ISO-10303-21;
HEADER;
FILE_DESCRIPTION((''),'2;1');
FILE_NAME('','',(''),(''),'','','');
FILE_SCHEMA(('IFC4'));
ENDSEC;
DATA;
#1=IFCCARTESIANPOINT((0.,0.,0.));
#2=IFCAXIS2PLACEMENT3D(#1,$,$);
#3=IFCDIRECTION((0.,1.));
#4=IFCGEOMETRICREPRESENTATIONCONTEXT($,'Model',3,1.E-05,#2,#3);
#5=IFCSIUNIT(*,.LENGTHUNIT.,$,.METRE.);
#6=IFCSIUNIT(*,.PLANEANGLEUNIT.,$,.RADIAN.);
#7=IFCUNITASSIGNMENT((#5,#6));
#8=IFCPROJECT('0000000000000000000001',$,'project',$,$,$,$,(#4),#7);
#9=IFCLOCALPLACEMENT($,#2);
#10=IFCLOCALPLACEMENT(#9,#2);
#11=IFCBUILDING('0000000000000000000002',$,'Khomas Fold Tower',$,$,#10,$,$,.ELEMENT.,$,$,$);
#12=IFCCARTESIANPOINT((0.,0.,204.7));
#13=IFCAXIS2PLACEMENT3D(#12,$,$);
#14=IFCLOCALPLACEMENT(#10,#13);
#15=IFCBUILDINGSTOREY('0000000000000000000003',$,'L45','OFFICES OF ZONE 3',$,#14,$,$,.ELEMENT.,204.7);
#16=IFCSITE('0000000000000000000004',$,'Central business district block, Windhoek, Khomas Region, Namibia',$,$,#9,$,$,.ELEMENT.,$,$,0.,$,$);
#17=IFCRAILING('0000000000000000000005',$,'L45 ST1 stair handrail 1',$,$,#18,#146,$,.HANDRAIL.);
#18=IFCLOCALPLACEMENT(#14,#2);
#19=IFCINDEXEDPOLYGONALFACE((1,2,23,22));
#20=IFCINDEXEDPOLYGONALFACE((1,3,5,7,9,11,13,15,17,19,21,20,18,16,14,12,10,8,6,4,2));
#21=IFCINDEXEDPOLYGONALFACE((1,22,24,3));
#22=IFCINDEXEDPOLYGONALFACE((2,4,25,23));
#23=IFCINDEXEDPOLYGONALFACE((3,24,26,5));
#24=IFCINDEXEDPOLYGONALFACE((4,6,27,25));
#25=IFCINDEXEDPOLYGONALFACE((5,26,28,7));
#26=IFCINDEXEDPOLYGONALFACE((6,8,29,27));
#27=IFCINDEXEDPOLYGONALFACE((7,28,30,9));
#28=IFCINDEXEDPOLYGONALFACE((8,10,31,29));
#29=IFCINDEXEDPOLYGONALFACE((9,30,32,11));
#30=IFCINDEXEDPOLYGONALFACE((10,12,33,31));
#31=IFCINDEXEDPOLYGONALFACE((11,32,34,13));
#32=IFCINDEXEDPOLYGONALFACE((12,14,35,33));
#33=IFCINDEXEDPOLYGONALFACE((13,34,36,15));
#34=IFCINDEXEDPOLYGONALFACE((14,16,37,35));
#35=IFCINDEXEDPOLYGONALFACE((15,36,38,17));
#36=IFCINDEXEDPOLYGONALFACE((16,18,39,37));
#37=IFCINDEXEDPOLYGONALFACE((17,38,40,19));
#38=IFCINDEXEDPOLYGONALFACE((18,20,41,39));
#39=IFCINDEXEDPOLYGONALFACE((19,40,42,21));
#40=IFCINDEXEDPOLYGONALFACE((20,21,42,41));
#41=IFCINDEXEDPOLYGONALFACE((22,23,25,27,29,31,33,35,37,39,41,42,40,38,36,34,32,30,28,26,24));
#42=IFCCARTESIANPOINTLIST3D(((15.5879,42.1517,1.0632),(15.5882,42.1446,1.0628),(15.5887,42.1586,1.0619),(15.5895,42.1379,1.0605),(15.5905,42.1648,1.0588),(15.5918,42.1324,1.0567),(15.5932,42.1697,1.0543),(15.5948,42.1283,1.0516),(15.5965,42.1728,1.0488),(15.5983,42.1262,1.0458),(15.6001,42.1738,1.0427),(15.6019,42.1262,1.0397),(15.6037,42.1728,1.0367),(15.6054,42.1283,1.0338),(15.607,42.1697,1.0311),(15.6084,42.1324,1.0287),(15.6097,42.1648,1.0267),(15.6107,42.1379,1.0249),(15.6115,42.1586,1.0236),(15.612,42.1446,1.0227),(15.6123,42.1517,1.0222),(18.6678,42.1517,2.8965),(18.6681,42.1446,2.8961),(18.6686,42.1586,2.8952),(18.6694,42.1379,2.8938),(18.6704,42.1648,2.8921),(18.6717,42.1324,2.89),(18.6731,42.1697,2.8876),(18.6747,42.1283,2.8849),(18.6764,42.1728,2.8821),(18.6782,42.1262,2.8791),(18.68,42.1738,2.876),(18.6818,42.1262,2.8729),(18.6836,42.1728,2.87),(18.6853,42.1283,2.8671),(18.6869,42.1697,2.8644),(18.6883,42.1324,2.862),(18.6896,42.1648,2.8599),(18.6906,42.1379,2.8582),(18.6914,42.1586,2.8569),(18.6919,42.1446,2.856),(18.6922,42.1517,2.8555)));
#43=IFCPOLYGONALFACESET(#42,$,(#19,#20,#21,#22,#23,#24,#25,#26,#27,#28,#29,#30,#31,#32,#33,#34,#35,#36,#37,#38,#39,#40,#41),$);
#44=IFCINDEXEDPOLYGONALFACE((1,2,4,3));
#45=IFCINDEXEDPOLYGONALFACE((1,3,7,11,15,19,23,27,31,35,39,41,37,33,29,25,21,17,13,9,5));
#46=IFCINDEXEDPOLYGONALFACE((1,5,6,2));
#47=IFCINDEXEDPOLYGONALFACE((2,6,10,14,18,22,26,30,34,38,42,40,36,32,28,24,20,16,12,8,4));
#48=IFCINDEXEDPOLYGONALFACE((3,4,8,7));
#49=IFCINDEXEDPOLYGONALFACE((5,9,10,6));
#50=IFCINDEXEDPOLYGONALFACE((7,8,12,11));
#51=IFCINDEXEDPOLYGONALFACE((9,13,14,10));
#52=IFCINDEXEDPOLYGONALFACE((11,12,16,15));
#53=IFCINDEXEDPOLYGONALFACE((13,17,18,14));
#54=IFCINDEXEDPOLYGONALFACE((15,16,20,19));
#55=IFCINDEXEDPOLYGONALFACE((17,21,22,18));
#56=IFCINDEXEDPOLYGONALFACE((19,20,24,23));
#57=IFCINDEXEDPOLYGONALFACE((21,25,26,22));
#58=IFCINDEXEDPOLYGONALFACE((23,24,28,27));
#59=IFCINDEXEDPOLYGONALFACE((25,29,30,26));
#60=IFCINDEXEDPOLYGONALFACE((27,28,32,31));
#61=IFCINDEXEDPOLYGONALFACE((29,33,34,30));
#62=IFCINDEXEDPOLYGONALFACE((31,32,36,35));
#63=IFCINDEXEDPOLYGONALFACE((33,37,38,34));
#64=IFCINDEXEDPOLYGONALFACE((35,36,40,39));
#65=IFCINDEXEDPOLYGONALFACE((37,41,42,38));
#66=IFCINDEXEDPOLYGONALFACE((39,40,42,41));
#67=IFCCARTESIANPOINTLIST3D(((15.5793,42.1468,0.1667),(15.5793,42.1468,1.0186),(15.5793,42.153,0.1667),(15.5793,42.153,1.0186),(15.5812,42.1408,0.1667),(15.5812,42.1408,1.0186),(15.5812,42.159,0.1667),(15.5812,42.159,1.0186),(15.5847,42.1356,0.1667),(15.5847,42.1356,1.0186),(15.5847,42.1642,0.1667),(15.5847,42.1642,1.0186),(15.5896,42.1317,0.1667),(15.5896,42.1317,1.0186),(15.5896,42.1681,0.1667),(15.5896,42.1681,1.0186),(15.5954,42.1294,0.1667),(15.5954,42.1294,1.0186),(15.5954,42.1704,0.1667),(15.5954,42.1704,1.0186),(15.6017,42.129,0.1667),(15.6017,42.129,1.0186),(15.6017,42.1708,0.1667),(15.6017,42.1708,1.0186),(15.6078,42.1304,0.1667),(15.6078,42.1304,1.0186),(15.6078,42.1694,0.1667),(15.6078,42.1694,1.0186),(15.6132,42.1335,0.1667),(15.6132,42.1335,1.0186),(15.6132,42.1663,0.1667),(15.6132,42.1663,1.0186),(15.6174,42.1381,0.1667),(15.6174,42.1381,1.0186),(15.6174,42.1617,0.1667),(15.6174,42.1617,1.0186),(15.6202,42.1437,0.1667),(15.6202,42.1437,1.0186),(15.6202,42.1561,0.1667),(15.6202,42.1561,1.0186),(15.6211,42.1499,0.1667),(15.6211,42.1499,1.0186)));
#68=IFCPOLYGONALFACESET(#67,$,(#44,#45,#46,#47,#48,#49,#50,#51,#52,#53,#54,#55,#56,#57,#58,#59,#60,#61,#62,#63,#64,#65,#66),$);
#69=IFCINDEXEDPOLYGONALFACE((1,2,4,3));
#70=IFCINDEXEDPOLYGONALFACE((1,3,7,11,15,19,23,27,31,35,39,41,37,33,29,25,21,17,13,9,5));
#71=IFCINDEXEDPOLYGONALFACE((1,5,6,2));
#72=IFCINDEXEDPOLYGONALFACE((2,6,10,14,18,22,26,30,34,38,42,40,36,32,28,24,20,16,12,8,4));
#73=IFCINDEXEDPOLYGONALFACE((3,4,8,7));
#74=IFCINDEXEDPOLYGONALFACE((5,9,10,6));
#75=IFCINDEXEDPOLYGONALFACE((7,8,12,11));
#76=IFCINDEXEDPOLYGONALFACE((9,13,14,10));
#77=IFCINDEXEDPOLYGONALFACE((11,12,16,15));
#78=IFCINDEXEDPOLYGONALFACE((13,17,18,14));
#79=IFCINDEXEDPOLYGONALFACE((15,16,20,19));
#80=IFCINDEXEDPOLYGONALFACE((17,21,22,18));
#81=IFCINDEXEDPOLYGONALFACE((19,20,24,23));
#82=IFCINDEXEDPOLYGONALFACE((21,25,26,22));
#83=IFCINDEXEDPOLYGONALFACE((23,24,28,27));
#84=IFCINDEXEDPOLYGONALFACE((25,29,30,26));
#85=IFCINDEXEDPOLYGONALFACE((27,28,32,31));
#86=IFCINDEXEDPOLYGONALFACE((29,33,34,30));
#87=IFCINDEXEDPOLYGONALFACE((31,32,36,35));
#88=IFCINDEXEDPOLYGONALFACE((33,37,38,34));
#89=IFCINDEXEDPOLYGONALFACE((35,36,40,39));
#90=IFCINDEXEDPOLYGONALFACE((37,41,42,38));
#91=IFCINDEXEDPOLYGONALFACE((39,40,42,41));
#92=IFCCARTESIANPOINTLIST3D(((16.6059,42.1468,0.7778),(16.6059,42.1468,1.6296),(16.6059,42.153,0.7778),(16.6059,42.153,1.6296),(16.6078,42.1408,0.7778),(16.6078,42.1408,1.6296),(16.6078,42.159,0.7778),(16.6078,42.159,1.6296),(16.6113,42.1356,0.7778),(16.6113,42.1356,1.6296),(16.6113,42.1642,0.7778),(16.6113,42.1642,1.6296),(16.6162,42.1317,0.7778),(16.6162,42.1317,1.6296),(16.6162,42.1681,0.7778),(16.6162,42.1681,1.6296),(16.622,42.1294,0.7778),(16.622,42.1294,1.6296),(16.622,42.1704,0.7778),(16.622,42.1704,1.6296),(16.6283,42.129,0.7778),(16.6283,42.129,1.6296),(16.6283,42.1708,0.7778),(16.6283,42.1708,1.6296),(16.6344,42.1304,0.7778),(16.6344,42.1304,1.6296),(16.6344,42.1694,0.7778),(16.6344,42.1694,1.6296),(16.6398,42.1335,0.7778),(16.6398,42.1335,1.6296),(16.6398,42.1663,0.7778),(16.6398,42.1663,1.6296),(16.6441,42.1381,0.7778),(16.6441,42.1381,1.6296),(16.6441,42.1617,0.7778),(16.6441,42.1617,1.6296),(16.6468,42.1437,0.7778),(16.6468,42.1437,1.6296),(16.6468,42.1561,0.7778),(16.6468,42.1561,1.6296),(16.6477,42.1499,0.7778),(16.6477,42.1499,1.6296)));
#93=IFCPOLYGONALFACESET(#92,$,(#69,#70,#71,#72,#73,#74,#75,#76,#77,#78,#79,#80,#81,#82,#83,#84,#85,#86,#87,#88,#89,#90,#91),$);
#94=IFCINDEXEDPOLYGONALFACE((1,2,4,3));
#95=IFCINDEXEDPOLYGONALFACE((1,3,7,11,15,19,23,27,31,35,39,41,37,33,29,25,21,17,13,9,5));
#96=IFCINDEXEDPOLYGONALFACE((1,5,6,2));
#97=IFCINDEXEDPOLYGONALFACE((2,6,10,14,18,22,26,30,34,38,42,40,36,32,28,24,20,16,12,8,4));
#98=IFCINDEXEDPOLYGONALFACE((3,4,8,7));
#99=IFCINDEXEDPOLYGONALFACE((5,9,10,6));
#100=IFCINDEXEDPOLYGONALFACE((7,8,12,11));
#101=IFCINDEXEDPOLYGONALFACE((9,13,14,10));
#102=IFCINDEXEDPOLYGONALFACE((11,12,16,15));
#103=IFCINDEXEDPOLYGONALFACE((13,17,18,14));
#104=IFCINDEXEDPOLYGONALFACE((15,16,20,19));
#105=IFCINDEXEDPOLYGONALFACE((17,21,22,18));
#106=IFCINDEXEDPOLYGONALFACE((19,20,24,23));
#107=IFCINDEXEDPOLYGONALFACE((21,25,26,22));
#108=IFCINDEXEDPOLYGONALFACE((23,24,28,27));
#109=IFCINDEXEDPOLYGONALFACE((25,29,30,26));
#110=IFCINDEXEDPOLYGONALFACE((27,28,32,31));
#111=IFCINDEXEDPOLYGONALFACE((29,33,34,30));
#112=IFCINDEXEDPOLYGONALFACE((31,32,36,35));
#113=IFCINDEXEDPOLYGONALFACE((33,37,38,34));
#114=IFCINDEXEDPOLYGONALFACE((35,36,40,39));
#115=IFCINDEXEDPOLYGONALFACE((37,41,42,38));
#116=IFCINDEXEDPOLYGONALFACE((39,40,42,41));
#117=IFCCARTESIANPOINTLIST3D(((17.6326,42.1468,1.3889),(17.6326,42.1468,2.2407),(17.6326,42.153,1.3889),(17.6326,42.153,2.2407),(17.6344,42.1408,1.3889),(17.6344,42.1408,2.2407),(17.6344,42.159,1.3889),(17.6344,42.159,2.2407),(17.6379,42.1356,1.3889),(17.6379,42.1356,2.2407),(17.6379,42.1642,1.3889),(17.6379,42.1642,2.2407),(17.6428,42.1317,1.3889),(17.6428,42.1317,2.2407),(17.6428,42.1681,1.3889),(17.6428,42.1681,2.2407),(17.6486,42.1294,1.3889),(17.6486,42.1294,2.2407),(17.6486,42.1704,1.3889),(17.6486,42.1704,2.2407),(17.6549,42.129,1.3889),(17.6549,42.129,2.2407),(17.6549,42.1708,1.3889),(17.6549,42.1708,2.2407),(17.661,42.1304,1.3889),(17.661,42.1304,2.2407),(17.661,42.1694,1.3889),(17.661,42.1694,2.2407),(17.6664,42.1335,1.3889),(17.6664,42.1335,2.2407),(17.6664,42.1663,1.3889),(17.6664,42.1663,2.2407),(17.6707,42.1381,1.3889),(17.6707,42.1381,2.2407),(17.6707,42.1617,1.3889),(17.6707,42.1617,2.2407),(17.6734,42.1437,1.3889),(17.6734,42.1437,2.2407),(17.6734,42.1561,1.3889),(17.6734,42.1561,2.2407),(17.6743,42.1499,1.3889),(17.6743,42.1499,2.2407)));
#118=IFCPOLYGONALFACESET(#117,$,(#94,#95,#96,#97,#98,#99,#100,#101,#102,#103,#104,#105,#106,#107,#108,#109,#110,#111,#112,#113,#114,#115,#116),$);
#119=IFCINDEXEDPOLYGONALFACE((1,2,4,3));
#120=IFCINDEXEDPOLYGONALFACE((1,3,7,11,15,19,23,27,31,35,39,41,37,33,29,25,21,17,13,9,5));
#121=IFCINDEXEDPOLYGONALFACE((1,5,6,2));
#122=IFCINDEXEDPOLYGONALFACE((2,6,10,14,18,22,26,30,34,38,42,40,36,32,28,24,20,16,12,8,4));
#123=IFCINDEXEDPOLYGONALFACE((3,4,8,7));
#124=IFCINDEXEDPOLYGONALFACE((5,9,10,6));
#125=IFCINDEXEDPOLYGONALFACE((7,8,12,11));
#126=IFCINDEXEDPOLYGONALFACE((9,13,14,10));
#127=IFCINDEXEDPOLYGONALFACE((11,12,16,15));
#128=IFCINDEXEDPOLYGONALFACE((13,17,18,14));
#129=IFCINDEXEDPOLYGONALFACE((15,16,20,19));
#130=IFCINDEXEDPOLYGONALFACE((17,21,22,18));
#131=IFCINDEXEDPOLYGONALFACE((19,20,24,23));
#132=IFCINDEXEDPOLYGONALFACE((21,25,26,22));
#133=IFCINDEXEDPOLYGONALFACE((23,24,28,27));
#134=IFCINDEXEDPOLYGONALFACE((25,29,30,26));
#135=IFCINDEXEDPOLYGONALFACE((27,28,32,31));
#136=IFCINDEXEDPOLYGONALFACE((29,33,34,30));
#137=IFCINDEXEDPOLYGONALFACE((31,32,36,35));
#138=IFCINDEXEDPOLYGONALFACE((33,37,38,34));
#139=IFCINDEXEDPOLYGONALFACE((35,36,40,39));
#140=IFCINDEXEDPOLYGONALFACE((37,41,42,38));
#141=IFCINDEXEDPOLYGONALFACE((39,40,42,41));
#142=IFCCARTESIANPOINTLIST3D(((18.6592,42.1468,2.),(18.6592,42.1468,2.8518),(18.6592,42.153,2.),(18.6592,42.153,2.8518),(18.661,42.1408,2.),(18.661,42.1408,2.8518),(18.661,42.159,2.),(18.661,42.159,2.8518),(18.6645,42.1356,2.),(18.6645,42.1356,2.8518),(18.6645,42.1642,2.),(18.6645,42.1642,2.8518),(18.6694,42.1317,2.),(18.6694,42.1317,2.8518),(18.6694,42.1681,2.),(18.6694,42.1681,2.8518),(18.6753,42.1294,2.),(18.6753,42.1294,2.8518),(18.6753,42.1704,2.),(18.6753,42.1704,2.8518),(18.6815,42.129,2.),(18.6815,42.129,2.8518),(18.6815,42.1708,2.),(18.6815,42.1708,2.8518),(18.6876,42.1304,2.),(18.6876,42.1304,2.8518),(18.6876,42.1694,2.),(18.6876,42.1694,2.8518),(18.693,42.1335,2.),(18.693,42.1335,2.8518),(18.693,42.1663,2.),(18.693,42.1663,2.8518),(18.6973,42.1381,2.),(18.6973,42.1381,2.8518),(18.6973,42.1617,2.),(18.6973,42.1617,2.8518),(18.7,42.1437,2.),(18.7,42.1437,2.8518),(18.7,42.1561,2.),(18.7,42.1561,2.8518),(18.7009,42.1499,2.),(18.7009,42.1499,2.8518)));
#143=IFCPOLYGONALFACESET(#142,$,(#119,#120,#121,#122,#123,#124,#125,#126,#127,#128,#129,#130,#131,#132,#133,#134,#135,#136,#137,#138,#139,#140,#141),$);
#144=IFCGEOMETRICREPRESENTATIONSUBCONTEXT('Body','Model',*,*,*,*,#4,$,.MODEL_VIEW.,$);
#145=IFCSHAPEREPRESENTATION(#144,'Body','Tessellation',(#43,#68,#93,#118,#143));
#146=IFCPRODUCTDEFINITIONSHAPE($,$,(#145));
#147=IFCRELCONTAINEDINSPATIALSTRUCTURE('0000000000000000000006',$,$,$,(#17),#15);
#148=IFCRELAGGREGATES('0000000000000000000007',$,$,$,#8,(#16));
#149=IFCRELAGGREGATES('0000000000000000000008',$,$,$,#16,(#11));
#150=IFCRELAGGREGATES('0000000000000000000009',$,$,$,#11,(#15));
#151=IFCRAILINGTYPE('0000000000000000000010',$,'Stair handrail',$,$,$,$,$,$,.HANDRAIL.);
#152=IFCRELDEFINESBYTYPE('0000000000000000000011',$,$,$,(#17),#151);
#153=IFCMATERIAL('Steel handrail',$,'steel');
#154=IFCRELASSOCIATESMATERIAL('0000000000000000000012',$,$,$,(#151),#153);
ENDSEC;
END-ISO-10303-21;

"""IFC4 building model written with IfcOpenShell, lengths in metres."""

from ifc_helpers import new_model, si_unit, direction, frame, origin, origin_2d, place, context, subcontext, project, spatial, circle, extrude, source, transform, mapped, material, type_object, element, save


model = new_model("IFC4")

# Units and contexts
model_context = context("Model", 3, precision=1e-05, world=origin(), true_north=direction((0.0, 1.0)))
body_context = subcontext(model_context, "Body", "Model", "MODEL_VIEW")
ifc_project = project(units=[si_unit("LENGTHUNIT", "METRE"), si_unit("PLANEANGLEUNIT", "RADIAN")], contexts=[model_context])

# Site, building, storey
site_placement = place(None, origin())
site = spatial("IfcSite", under=ifc_project, at=site_placement, Name="Central business district block, Windhoek, Khomas Region, Namibia", CompositionType="ELEMENT", RefElevation=0.0)
building_placement = place(site_placement, origin())
building = spatial("IfcBuilding", under=site, at=building_placement, Name="Khomas Fold Tower", CompositionType="ELEMENT")
storey_placement = place(building_placement, frame((0.0, 0.0, 204.7)))
storey = spatial("IfcBuildingStorey", under=building, at=storey_placement, Name="L45", Description="OFFICES OF ZONE 3", CompositionType="ELEMENT", Elevation=204.7)

# Railing
ifc_material_1 = material(Name="Steel handrail", Category="steel")
railing_type_1 = type_object("IfcRailingType", Name="Stair handrail", PredefinedType="HANDRAIL", material=ifc_material_1)
shared_shape_1 = source(origin(), body_context, "Body", "SweptSolid", [
    extrude(circle(Radius=0.0239, at=origin_2d()), frame((0.0, 0.0, 0.876), z_axis=(0.859291, 0.0, 0.511487), x_axis=(0.0, 1.0, 0.0)), (0.0, 0.0, 1.0), 3.5842),
    extrude(circle(Radius=0.021, at=origin_2d()), origin(), (0.0, 0.0, 1.0), 0.8518),
    extrude(circle(Radius=0.021, at=origin_2d()), frame((1.0266, 0.0, 0.6111)), (0.0, 0.0, 1.0), 0.8518),
    extrude(circle(Radius=0.021, at=origin_2d()), frame((2.0532, 0.0, 1.2222)), (0.0, 0.0, 1.0), 0.8518),
    extrude(circle(Radius=0.021, at=origin_2d()), frame((3.0798, 0.0, 1.8333)), (0.0, 0.0, 1.0), 0.8518),
])
railing_1_placement = place(storey_placement, frame((15.6001, 42.1499, 0.1667)))
element("IfcRailing", 1, at=railing_1_placement, inside=storey, type_object=railing_type_1, Name="L45 ST1 stair handrail 1", PredefinedType="HANDRAIL", context=body_context, shape_type="MappedRepresentation", body=[
    mapped(shared_shape_1, transform((0.0, 0.0, 0.0))),
])

save(model, "model.ifc")
